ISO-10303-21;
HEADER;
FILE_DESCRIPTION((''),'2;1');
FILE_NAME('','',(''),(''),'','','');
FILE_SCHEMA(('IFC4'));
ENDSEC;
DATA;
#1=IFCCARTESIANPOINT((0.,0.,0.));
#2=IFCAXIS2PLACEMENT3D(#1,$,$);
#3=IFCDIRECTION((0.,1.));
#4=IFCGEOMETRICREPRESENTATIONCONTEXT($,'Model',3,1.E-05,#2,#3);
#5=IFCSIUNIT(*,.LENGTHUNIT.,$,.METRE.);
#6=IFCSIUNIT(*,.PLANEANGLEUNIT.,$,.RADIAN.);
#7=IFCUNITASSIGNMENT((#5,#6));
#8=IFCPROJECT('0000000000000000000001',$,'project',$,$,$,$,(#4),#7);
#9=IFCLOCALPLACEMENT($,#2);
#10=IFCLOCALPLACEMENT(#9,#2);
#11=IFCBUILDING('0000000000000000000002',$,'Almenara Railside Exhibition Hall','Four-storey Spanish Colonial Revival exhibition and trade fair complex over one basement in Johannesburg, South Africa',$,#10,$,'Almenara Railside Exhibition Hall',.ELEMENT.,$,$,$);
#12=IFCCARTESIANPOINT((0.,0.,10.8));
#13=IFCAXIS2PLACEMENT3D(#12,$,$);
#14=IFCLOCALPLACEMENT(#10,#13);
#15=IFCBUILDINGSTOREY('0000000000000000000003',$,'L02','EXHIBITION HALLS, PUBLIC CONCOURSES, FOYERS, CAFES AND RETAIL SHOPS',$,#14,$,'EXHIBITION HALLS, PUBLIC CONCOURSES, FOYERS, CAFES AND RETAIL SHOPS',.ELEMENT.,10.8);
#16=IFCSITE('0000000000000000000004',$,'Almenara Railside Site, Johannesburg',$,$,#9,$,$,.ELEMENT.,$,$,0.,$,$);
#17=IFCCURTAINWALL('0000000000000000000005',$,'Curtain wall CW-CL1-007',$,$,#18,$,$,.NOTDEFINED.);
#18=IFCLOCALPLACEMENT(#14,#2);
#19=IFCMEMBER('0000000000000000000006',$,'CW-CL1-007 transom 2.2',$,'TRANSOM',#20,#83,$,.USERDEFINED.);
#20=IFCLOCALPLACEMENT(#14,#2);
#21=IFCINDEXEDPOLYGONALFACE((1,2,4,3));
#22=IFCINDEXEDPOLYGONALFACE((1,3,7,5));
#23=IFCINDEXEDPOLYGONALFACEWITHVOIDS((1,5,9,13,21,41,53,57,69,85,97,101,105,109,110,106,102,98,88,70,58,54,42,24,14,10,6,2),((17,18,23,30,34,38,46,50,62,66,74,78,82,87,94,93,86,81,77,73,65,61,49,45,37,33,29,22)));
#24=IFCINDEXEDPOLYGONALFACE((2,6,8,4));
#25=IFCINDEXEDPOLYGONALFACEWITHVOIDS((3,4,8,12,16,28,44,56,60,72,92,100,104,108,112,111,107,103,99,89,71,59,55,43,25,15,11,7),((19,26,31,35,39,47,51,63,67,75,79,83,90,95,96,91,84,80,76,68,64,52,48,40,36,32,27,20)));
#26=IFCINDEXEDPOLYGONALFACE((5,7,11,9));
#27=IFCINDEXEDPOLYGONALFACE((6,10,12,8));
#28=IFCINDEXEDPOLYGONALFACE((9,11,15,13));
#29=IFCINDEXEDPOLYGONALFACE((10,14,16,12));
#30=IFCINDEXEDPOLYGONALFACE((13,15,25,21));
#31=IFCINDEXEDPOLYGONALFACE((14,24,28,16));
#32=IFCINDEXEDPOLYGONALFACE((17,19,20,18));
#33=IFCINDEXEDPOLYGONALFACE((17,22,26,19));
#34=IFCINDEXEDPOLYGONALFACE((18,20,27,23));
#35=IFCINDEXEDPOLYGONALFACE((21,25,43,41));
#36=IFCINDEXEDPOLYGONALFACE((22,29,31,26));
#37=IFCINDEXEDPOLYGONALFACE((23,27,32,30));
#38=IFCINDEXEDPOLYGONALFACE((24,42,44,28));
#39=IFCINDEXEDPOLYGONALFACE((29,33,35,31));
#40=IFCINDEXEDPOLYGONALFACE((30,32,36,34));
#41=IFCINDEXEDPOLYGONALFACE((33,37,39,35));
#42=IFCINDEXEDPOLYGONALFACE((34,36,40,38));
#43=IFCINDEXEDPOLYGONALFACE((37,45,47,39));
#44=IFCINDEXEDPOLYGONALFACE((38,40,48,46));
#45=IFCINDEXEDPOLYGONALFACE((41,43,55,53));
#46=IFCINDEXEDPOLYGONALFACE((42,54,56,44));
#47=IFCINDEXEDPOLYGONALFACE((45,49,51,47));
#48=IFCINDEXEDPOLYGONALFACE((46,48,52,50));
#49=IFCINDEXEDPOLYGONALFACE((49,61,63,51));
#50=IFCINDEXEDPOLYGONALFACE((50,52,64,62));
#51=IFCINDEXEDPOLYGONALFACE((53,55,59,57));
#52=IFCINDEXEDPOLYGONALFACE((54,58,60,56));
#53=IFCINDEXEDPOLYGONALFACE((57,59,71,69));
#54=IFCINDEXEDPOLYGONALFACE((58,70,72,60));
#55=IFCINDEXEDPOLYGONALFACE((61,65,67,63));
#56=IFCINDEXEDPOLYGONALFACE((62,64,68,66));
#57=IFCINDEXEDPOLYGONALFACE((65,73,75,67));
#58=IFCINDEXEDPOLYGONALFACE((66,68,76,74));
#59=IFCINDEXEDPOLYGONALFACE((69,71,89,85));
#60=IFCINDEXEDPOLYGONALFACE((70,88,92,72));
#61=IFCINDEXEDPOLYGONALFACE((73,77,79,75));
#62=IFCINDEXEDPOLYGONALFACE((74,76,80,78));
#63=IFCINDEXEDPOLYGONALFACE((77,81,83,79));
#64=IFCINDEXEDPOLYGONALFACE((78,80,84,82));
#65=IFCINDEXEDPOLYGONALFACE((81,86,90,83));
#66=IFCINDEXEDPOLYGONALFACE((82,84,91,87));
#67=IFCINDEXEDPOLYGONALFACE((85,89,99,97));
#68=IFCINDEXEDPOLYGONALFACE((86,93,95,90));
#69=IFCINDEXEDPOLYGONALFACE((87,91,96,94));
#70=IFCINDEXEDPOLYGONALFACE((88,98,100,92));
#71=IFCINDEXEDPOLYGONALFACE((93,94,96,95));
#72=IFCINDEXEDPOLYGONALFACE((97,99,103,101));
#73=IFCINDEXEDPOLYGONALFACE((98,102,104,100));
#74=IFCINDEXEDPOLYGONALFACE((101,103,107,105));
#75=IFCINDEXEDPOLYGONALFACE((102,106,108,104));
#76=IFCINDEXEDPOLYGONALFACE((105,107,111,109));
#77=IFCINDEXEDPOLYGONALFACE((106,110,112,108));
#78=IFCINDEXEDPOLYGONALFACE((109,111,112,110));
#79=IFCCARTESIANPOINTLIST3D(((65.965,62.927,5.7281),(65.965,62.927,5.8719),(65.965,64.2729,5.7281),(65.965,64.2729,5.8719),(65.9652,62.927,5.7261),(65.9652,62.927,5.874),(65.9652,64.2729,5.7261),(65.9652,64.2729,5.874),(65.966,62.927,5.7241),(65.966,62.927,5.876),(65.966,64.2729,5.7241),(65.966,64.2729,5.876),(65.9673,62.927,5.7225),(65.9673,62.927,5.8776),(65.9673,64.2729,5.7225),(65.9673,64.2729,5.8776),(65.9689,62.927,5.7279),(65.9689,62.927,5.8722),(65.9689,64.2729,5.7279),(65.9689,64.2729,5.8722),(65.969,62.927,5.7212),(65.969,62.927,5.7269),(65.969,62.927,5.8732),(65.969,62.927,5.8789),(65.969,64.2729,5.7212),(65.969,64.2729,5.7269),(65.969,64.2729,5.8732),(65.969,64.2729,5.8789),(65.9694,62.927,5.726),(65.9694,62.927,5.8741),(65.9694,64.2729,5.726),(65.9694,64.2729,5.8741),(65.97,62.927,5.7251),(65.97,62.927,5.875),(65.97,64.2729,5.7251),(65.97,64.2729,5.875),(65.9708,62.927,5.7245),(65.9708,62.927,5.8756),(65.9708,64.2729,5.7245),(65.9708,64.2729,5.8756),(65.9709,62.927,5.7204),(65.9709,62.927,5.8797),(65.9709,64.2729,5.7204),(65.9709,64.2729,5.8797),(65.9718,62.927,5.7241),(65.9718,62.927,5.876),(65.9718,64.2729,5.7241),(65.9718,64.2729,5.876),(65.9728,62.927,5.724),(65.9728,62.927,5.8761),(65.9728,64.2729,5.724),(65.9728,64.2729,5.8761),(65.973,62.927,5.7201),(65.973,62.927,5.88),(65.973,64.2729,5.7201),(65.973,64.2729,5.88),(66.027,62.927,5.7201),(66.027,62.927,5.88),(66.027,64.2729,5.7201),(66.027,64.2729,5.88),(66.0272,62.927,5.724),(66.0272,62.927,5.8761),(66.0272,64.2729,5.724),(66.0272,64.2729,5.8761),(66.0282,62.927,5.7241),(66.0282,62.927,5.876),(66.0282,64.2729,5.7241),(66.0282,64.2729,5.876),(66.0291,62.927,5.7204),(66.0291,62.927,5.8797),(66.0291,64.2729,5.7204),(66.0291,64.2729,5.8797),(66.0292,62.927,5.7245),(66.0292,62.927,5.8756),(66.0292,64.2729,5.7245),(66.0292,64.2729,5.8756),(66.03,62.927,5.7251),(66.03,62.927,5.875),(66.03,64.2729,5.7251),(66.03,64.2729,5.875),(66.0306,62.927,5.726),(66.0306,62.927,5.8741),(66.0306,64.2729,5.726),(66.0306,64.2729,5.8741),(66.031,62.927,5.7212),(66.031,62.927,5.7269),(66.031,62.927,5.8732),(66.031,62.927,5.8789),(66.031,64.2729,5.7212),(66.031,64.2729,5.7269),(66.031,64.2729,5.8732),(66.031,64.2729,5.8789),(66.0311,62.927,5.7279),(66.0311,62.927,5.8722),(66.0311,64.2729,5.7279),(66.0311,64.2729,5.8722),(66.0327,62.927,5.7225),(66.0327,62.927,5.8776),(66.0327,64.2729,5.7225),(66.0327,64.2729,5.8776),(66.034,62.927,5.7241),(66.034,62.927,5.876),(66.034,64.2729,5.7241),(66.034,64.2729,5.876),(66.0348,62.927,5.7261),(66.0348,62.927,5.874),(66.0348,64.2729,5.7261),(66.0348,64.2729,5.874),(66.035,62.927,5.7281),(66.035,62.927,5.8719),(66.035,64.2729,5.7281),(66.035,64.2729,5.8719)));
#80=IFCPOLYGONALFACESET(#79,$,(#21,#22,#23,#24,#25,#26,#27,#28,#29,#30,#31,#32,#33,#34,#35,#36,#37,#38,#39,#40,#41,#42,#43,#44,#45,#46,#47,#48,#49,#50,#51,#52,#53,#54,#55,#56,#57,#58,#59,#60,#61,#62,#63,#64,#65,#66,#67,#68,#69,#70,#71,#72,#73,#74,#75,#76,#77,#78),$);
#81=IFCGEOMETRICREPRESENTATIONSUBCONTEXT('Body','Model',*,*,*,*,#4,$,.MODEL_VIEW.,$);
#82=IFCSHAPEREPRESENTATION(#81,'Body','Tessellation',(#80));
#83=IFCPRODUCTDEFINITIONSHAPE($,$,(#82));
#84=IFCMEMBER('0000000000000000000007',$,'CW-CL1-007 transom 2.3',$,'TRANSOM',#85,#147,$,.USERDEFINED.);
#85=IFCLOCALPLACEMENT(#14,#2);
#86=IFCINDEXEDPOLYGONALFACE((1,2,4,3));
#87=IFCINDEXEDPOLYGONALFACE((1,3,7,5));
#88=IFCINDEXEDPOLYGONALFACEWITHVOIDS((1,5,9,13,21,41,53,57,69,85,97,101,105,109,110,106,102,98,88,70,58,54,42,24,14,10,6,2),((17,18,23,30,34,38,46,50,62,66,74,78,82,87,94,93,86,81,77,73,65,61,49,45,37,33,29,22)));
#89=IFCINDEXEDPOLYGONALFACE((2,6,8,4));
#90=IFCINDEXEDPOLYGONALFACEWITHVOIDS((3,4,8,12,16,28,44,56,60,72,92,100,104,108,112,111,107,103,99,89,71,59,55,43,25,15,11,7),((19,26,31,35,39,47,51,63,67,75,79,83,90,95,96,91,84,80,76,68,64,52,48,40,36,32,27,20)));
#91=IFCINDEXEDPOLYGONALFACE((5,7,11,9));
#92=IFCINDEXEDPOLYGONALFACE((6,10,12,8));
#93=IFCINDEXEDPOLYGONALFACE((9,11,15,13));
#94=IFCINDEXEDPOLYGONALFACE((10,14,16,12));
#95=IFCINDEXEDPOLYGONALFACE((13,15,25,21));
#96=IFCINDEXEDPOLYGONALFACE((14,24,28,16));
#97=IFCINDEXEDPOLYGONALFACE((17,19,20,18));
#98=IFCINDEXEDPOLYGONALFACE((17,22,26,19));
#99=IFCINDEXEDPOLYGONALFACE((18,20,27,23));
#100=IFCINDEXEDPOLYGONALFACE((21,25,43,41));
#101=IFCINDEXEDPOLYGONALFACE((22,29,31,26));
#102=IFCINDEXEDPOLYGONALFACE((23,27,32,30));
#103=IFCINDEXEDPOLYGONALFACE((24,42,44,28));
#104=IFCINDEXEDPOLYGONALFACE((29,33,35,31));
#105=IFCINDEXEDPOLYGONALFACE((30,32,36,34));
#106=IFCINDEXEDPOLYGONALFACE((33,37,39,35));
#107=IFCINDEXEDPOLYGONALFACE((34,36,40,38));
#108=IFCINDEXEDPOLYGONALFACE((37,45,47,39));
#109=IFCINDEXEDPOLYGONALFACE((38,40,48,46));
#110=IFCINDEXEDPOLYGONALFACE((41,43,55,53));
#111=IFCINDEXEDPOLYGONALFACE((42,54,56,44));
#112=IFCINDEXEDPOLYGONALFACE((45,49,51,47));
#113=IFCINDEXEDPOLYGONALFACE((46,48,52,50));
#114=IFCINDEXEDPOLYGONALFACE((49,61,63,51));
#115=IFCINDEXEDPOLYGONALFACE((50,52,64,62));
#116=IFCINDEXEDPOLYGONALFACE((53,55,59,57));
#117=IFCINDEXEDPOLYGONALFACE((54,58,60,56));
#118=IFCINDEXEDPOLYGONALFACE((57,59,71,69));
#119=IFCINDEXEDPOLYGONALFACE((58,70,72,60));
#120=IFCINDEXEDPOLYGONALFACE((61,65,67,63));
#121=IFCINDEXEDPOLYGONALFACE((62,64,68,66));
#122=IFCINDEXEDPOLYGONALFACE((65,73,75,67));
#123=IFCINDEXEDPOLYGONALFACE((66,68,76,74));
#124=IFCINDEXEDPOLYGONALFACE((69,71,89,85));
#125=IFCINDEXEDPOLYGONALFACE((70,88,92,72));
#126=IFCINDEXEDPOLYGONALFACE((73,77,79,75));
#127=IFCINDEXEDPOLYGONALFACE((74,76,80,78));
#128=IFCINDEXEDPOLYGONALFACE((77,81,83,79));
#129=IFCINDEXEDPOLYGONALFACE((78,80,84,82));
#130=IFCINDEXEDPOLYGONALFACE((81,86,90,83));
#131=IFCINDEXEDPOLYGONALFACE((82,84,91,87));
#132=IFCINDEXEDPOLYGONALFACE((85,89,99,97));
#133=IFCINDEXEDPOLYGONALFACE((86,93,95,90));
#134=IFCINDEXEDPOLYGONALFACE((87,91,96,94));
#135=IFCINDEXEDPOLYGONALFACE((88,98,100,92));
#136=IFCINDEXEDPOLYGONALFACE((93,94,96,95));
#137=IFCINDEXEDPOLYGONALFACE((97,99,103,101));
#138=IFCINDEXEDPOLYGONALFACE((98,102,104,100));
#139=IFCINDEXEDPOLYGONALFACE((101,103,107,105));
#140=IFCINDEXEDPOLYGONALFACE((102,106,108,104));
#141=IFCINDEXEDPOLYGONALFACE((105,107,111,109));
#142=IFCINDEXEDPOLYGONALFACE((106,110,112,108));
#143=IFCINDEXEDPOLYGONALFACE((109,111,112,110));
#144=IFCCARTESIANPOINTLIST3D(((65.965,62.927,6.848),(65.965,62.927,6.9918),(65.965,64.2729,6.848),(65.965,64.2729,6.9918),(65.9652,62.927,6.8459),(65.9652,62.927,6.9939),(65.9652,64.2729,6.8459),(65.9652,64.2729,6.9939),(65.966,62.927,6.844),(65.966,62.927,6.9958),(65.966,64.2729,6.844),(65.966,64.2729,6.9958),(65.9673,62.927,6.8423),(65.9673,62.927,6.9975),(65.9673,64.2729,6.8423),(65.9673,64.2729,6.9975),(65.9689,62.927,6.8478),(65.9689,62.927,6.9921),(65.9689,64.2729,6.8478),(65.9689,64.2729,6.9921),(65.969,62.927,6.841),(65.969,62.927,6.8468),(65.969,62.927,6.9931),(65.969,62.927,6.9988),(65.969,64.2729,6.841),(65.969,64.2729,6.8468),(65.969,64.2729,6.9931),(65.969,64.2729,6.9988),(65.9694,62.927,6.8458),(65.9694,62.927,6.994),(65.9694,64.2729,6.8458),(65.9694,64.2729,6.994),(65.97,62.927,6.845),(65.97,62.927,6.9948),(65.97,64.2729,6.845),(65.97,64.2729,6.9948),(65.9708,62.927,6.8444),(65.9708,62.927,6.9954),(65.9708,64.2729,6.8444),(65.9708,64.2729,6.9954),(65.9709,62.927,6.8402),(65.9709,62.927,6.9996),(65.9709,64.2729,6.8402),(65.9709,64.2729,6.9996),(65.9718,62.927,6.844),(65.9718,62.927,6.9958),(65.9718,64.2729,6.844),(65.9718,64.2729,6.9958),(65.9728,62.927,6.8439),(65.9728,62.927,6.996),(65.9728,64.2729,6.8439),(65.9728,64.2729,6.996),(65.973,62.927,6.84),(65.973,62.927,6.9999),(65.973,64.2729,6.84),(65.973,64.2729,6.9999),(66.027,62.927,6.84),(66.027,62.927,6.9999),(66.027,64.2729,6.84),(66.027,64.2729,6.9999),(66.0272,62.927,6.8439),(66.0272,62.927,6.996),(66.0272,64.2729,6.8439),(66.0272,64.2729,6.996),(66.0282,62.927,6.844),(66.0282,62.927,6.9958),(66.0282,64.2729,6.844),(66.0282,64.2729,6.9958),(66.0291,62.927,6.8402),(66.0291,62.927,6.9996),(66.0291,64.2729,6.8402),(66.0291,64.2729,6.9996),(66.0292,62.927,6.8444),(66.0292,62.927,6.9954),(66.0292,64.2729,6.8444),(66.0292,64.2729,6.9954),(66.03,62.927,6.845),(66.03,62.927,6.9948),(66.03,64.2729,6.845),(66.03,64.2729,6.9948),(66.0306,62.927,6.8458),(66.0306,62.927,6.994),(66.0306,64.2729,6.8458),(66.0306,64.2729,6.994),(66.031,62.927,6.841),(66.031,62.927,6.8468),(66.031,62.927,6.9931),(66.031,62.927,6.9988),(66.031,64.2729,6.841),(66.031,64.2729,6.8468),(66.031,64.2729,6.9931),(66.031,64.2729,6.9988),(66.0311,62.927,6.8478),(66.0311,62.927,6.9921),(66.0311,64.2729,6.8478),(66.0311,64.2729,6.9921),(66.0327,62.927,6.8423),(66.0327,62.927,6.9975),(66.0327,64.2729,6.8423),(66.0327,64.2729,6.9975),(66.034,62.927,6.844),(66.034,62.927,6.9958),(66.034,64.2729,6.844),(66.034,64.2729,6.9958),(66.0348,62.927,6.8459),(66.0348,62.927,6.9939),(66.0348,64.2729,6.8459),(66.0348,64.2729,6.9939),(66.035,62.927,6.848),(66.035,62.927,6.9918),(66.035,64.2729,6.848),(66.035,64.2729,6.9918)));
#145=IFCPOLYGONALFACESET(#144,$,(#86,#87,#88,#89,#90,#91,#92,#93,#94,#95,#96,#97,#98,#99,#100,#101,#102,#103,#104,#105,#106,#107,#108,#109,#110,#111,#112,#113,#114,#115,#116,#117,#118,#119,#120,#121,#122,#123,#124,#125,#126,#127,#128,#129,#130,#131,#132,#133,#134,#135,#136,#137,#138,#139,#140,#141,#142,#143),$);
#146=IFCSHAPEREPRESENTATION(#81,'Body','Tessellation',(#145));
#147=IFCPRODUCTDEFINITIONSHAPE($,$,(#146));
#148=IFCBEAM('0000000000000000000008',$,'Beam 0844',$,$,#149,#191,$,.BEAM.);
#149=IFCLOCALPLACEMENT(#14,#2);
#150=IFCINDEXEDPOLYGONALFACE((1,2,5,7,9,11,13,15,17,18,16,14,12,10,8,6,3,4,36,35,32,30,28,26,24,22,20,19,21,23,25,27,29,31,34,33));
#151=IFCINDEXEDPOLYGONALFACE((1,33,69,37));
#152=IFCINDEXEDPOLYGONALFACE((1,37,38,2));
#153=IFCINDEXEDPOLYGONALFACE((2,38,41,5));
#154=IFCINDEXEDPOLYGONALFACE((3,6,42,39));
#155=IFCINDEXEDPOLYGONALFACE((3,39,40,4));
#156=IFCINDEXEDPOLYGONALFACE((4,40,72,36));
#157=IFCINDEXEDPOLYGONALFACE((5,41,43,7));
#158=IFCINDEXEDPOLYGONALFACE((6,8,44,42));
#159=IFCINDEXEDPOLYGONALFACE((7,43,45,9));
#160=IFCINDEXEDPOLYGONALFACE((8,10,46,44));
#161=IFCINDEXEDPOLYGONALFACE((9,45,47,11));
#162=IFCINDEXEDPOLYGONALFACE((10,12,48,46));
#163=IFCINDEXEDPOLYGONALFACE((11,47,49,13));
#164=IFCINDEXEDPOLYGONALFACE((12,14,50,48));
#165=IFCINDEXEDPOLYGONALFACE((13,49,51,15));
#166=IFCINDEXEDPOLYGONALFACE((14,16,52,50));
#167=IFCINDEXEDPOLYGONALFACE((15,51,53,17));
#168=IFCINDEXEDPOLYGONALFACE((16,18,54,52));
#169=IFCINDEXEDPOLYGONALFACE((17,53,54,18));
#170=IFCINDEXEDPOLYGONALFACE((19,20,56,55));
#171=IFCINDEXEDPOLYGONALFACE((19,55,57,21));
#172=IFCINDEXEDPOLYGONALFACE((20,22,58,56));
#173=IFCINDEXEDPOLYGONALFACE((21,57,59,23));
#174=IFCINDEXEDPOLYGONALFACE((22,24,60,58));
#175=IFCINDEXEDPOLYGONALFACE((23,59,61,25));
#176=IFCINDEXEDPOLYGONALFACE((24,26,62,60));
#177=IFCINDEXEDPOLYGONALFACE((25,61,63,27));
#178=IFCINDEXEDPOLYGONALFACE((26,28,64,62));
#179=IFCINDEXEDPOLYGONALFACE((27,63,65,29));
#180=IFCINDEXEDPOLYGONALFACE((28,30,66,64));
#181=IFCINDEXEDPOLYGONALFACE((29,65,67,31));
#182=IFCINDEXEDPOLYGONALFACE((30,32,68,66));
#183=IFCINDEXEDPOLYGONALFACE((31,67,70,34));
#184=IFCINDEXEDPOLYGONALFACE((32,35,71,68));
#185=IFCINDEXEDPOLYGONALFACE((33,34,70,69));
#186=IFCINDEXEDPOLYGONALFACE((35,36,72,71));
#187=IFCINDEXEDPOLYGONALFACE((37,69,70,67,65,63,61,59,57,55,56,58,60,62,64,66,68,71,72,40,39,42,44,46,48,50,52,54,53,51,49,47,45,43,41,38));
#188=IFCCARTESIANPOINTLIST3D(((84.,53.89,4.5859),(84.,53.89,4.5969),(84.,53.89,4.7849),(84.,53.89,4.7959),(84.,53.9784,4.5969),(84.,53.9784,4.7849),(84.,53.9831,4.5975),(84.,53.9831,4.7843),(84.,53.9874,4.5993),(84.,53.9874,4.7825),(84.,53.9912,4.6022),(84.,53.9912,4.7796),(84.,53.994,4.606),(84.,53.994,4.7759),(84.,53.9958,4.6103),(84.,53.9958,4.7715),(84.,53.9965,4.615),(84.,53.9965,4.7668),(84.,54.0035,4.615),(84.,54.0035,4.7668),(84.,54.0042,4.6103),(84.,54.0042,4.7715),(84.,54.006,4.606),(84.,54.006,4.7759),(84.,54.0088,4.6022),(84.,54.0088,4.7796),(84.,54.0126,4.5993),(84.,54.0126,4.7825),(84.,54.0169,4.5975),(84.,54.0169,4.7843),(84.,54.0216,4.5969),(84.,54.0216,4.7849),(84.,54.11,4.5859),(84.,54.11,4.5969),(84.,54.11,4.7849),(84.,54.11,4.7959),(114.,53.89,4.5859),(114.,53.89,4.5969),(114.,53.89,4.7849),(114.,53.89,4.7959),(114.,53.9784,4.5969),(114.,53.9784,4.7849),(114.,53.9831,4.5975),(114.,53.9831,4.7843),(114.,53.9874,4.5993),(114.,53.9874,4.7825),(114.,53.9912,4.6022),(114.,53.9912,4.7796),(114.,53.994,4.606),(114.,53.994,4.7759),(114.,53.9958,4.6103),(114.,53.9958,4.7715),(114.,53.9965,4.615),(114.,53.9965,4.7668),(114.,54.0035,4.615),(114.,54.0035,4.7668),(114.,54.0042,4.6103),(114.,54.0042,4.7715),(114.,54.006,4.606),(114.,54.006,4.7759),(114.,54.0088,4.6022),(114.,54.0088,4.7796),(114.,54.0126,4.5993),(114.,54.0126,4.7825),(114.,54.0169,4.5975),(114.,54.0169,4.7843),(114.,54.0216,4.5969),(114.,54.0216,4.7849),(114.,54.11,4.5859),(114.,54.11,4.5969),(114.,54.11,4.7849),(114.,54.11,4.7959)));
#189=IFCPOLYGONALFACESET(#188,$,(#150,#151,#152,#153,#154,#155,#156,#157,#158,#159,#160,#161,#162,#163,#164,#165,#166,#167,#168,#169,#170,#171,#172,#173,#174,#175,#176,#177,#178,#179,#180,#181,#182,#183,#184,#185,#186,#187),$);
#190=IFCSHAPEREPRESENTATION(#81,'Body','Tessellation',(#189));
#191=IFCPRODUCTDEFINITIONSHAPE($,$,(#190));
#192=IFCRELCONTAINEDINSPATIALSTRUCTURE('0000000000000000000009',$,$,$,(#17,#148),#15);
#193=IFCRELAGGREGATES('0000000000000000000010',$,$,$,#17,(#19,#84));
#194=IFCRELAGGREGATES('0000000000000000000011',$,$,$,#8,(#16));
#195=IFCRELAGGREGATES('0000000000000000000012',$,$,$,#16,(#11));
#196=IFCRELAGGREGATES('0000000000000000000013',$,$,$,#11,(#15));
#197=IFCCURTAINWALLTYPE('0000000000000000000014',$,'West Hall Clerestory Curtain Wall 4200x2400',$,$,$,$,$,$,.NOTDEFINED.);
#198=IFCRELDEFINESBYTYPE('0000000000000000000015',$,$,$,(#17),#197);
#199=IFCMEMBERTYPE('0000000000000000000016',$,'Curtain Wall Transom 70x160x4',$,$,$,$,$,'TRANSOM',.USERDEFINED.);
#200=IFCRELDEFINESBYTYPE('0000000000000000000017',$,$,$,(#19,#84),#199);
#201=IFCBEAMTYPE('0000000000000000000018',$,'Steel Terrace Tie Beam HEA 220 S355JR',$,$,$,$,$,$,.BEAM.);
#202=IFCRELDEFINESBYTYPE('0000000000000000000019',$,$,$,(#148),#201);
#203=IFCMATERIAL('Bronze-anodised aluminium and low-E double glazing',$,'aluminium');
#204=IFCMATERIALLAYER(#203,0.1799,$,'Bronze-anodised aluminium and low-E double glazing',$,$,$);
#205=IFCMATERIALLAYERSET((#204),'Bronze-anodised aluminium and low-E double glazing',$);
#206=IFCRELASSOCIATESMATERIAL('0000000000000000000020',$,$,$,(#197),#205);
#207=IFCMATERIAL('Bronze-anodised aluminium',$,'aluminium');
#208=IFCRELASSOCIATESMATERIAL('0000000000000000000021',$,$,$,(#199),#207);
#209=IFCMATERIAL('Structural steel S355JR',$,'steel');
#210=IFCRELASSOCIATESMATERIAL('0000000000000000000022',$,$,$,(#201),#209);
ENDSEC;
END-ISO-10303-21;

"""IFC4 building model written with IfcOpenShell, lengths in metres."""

from ifc_helpers import new_model, si_unit, direction, frame, origin, origin_2d, place, context, subcontext, project, spatial, hollow_rectangle, i_section, extrude, material, layer, layer_set, material_profile, profile_set, type_object, element, aggregate, save


model = new_model("IFC4")

# Units and contexts
model_context = context("Model", 3, precision=1e-05, world=origin(), true_north=direction((0.0, 1.0)))
body_context = subcontext(model_context, "Body", "Model", "MODEL_VIEW")
ifc_project = project(units=[si_unit("LENGTHUNIT", "METRE"), si_unit("PLANEANGLEUNIT", "RADIAN")], contexts=[model_context])

# Site, building, storey
site_placement = place(None, origin())
site = spatial("IfcSite", under=ifc_project, at=site_placement, Name="Almenara Railside Site, Johannesburg", CompositionType="ELEMENT", RefElevation=0.0)
building_placement = place(site_placement, origin())
building = spatial("IfcBuilding", under=site, at=building_placement, Name="Almenara Railside Exhibition Hall", Description="Four-storey Spanish Colonial Revival exhibition and trade fair complex over one basement in Johannesburg, South Africa", LongName="Almenara Railside Exhibition Hall", CompositionType="ELEMENT")
storey_placement = place(building_placement, frame((0.0, 0.0, 10.8)))
storey = spatial("IfcBuildingStorey", under=building, at=storey_placement, Name="L02", Description="EXHIBITION HALLS, PUBLIC CONCOURSES, FOYERS, CAFES AND RETAIL SHOPS", LongName="EXHIBITION HALLS, PUBLIC CONCOURSES, FOYERS, CAFES AND RETAIL SHOPS", CompositionType="ELEMENT", Elevation=10.8)

# Shared definitions
ifc_material_1 = material(Name="Bronze-anodised aluminium and low-E double glazing", Category="aluminium")
ifc_material_2 = material(Name="Bronze-anodised aluminium", Category="aluminium")

# Curtain wall
ifc_layer_1 = layer(ifc_material_1, 0.1799, Name="Bronze-anodised aluminium and low-E double glazing")
ifc_layer_set_1 = layer_set([ifc_layer_1], Name="Bronze-anodised aluminium and low-E double glazing")
curtain_wall_type_1 = type_object("IfcCurtainWallType", Name="West Hall Clerestory Curtain Wall 4200x2400", PredefinedType="NOTDEFINED", material=ifc_layer_set_1)
curtain_wall_1_placement = place(storey_placement, origin())
curtain_wall_1 = element("IfcCurtainWall", 1, at=curtain_wall_1_placement, inside=storey, type_object=curtain_wall_type_1, Name="Curtain wall CW-CL1-007", PredefinedType="NOTDEFINED")

# Members
ifc_material_profile_1 = material_profile(ifc_material_2, hollow_rectangle(XDim=0.0701, YDim=0.1599, WallThickness=0.0039, InnerFilletRadius=0.0039, OuterFilletRadius=0.0081, at=origin_2d()), Name="ALU-TRN 70x160x4")
ifc_profile_set_1 = profile_set([ifc_material_profile_1], Name="Bronze-anodised aluminium")
member_type_1 = type_object("IfcMemberType", Name="Curtain Wall Transom 70x160x4", ElementType="TRANSOM", PredefinedType="USERDEFINED", material=ifc_profile_set_1)
member_1_placement = place(storey_placement, frame((66.0, 62.927, 5.8), z_axis=(0.0, 1.0, 0.0), x_axis=(-1.0, 0.0, 0.0)))
member_1 = element("IfcMember", 2, at=member_1_placement, type_object=member_type_1, Name="CW-CL1-007 transom 2.2", ObjectType="TRANSOM", PredefinedType="USERDEFINED", context=body_context, shape_type="SweptSolid", body=[
    extrude(hollow_rectangle(XDim=0.0701, YDim=0.1599, WallThickness=0.0039, InnerFilletRadius=0.0039, OuterFilletRadius=0.0081, at=origin_2d()), origin(), (0.0, 0.0, 1.0), 1.3459),
])
member_2_placement = place(storey_placement, frame((66.0, 62.927, 6.9199), z_axis=(0.0, 1.0, 0.0), x_axis=(-1.0, 0.0, 0.0)))
member_2 = element("IfcMember", 3, at=member_2_placement, type_object=member_type_1, Name="CW-CL1-007 transom 2.3", ObjectType="TRANSOM", PredefinedType="USERDEFINED", context=body_context, shape_type="SweptSolid", body=[
    extrude(hollow_rectangle(XDim=0.0701, YDim=0.1599, WallThickness=0.0039, InnerFilletRadius=0.0039, OuterFilletRadius=0.0081, at=origin_2d()), origin(), (0.0, 0.0, 1.0), 1.3459),
])

# Beam
ifc_material_3 = material(Name="Structural steel S355JR", Category="steel")
ifc_material_profile_2 = material_profile(ifc_material_3, i_section(OverallWidth=0.22, OverallDepth=0.21, WebThickness=0.0071, FlangeThickness=0.011, FilletRadius=0.0181, at=origin_2d()), Name="HEA 220")
ifc_profile_set_2 = profile_set([ifc_material_profile_2], Name="Structural steel S355JR")
beam_type = type_object("IfcBeamType", Name="Steel Terrace Tie Beam HEA 220 S355JR", PredefinedType="BEAM", material=ifc_profile_set_2)
beam_placement = place(storey_placement, frame((84.0, 54.0, 4.6909), z_axis=(1.0, 0.0, 0.0), x_axis=(0.0, 1.0, 0.0)))
element("IfcBeam", 4, at=beam_placement, inside=storey, type_object=beam_type, Name="Beam 0844", PredefinedType="BEAM", context=body_context, shape_type="SweptSolid", body=[
    extrude(i_section(OverallWidth=0.22, OverallDepth=0.21, WebThickness=0.0071, FlangeThickness=0.011, FilletRadius=0.0181, at=origin_2d()), origin(), (0.0, 0.0, 1.0), 30.0),
])

aggregate(curtain_wall_1, [member_1, member_2])

save(model, "model.ifc")
